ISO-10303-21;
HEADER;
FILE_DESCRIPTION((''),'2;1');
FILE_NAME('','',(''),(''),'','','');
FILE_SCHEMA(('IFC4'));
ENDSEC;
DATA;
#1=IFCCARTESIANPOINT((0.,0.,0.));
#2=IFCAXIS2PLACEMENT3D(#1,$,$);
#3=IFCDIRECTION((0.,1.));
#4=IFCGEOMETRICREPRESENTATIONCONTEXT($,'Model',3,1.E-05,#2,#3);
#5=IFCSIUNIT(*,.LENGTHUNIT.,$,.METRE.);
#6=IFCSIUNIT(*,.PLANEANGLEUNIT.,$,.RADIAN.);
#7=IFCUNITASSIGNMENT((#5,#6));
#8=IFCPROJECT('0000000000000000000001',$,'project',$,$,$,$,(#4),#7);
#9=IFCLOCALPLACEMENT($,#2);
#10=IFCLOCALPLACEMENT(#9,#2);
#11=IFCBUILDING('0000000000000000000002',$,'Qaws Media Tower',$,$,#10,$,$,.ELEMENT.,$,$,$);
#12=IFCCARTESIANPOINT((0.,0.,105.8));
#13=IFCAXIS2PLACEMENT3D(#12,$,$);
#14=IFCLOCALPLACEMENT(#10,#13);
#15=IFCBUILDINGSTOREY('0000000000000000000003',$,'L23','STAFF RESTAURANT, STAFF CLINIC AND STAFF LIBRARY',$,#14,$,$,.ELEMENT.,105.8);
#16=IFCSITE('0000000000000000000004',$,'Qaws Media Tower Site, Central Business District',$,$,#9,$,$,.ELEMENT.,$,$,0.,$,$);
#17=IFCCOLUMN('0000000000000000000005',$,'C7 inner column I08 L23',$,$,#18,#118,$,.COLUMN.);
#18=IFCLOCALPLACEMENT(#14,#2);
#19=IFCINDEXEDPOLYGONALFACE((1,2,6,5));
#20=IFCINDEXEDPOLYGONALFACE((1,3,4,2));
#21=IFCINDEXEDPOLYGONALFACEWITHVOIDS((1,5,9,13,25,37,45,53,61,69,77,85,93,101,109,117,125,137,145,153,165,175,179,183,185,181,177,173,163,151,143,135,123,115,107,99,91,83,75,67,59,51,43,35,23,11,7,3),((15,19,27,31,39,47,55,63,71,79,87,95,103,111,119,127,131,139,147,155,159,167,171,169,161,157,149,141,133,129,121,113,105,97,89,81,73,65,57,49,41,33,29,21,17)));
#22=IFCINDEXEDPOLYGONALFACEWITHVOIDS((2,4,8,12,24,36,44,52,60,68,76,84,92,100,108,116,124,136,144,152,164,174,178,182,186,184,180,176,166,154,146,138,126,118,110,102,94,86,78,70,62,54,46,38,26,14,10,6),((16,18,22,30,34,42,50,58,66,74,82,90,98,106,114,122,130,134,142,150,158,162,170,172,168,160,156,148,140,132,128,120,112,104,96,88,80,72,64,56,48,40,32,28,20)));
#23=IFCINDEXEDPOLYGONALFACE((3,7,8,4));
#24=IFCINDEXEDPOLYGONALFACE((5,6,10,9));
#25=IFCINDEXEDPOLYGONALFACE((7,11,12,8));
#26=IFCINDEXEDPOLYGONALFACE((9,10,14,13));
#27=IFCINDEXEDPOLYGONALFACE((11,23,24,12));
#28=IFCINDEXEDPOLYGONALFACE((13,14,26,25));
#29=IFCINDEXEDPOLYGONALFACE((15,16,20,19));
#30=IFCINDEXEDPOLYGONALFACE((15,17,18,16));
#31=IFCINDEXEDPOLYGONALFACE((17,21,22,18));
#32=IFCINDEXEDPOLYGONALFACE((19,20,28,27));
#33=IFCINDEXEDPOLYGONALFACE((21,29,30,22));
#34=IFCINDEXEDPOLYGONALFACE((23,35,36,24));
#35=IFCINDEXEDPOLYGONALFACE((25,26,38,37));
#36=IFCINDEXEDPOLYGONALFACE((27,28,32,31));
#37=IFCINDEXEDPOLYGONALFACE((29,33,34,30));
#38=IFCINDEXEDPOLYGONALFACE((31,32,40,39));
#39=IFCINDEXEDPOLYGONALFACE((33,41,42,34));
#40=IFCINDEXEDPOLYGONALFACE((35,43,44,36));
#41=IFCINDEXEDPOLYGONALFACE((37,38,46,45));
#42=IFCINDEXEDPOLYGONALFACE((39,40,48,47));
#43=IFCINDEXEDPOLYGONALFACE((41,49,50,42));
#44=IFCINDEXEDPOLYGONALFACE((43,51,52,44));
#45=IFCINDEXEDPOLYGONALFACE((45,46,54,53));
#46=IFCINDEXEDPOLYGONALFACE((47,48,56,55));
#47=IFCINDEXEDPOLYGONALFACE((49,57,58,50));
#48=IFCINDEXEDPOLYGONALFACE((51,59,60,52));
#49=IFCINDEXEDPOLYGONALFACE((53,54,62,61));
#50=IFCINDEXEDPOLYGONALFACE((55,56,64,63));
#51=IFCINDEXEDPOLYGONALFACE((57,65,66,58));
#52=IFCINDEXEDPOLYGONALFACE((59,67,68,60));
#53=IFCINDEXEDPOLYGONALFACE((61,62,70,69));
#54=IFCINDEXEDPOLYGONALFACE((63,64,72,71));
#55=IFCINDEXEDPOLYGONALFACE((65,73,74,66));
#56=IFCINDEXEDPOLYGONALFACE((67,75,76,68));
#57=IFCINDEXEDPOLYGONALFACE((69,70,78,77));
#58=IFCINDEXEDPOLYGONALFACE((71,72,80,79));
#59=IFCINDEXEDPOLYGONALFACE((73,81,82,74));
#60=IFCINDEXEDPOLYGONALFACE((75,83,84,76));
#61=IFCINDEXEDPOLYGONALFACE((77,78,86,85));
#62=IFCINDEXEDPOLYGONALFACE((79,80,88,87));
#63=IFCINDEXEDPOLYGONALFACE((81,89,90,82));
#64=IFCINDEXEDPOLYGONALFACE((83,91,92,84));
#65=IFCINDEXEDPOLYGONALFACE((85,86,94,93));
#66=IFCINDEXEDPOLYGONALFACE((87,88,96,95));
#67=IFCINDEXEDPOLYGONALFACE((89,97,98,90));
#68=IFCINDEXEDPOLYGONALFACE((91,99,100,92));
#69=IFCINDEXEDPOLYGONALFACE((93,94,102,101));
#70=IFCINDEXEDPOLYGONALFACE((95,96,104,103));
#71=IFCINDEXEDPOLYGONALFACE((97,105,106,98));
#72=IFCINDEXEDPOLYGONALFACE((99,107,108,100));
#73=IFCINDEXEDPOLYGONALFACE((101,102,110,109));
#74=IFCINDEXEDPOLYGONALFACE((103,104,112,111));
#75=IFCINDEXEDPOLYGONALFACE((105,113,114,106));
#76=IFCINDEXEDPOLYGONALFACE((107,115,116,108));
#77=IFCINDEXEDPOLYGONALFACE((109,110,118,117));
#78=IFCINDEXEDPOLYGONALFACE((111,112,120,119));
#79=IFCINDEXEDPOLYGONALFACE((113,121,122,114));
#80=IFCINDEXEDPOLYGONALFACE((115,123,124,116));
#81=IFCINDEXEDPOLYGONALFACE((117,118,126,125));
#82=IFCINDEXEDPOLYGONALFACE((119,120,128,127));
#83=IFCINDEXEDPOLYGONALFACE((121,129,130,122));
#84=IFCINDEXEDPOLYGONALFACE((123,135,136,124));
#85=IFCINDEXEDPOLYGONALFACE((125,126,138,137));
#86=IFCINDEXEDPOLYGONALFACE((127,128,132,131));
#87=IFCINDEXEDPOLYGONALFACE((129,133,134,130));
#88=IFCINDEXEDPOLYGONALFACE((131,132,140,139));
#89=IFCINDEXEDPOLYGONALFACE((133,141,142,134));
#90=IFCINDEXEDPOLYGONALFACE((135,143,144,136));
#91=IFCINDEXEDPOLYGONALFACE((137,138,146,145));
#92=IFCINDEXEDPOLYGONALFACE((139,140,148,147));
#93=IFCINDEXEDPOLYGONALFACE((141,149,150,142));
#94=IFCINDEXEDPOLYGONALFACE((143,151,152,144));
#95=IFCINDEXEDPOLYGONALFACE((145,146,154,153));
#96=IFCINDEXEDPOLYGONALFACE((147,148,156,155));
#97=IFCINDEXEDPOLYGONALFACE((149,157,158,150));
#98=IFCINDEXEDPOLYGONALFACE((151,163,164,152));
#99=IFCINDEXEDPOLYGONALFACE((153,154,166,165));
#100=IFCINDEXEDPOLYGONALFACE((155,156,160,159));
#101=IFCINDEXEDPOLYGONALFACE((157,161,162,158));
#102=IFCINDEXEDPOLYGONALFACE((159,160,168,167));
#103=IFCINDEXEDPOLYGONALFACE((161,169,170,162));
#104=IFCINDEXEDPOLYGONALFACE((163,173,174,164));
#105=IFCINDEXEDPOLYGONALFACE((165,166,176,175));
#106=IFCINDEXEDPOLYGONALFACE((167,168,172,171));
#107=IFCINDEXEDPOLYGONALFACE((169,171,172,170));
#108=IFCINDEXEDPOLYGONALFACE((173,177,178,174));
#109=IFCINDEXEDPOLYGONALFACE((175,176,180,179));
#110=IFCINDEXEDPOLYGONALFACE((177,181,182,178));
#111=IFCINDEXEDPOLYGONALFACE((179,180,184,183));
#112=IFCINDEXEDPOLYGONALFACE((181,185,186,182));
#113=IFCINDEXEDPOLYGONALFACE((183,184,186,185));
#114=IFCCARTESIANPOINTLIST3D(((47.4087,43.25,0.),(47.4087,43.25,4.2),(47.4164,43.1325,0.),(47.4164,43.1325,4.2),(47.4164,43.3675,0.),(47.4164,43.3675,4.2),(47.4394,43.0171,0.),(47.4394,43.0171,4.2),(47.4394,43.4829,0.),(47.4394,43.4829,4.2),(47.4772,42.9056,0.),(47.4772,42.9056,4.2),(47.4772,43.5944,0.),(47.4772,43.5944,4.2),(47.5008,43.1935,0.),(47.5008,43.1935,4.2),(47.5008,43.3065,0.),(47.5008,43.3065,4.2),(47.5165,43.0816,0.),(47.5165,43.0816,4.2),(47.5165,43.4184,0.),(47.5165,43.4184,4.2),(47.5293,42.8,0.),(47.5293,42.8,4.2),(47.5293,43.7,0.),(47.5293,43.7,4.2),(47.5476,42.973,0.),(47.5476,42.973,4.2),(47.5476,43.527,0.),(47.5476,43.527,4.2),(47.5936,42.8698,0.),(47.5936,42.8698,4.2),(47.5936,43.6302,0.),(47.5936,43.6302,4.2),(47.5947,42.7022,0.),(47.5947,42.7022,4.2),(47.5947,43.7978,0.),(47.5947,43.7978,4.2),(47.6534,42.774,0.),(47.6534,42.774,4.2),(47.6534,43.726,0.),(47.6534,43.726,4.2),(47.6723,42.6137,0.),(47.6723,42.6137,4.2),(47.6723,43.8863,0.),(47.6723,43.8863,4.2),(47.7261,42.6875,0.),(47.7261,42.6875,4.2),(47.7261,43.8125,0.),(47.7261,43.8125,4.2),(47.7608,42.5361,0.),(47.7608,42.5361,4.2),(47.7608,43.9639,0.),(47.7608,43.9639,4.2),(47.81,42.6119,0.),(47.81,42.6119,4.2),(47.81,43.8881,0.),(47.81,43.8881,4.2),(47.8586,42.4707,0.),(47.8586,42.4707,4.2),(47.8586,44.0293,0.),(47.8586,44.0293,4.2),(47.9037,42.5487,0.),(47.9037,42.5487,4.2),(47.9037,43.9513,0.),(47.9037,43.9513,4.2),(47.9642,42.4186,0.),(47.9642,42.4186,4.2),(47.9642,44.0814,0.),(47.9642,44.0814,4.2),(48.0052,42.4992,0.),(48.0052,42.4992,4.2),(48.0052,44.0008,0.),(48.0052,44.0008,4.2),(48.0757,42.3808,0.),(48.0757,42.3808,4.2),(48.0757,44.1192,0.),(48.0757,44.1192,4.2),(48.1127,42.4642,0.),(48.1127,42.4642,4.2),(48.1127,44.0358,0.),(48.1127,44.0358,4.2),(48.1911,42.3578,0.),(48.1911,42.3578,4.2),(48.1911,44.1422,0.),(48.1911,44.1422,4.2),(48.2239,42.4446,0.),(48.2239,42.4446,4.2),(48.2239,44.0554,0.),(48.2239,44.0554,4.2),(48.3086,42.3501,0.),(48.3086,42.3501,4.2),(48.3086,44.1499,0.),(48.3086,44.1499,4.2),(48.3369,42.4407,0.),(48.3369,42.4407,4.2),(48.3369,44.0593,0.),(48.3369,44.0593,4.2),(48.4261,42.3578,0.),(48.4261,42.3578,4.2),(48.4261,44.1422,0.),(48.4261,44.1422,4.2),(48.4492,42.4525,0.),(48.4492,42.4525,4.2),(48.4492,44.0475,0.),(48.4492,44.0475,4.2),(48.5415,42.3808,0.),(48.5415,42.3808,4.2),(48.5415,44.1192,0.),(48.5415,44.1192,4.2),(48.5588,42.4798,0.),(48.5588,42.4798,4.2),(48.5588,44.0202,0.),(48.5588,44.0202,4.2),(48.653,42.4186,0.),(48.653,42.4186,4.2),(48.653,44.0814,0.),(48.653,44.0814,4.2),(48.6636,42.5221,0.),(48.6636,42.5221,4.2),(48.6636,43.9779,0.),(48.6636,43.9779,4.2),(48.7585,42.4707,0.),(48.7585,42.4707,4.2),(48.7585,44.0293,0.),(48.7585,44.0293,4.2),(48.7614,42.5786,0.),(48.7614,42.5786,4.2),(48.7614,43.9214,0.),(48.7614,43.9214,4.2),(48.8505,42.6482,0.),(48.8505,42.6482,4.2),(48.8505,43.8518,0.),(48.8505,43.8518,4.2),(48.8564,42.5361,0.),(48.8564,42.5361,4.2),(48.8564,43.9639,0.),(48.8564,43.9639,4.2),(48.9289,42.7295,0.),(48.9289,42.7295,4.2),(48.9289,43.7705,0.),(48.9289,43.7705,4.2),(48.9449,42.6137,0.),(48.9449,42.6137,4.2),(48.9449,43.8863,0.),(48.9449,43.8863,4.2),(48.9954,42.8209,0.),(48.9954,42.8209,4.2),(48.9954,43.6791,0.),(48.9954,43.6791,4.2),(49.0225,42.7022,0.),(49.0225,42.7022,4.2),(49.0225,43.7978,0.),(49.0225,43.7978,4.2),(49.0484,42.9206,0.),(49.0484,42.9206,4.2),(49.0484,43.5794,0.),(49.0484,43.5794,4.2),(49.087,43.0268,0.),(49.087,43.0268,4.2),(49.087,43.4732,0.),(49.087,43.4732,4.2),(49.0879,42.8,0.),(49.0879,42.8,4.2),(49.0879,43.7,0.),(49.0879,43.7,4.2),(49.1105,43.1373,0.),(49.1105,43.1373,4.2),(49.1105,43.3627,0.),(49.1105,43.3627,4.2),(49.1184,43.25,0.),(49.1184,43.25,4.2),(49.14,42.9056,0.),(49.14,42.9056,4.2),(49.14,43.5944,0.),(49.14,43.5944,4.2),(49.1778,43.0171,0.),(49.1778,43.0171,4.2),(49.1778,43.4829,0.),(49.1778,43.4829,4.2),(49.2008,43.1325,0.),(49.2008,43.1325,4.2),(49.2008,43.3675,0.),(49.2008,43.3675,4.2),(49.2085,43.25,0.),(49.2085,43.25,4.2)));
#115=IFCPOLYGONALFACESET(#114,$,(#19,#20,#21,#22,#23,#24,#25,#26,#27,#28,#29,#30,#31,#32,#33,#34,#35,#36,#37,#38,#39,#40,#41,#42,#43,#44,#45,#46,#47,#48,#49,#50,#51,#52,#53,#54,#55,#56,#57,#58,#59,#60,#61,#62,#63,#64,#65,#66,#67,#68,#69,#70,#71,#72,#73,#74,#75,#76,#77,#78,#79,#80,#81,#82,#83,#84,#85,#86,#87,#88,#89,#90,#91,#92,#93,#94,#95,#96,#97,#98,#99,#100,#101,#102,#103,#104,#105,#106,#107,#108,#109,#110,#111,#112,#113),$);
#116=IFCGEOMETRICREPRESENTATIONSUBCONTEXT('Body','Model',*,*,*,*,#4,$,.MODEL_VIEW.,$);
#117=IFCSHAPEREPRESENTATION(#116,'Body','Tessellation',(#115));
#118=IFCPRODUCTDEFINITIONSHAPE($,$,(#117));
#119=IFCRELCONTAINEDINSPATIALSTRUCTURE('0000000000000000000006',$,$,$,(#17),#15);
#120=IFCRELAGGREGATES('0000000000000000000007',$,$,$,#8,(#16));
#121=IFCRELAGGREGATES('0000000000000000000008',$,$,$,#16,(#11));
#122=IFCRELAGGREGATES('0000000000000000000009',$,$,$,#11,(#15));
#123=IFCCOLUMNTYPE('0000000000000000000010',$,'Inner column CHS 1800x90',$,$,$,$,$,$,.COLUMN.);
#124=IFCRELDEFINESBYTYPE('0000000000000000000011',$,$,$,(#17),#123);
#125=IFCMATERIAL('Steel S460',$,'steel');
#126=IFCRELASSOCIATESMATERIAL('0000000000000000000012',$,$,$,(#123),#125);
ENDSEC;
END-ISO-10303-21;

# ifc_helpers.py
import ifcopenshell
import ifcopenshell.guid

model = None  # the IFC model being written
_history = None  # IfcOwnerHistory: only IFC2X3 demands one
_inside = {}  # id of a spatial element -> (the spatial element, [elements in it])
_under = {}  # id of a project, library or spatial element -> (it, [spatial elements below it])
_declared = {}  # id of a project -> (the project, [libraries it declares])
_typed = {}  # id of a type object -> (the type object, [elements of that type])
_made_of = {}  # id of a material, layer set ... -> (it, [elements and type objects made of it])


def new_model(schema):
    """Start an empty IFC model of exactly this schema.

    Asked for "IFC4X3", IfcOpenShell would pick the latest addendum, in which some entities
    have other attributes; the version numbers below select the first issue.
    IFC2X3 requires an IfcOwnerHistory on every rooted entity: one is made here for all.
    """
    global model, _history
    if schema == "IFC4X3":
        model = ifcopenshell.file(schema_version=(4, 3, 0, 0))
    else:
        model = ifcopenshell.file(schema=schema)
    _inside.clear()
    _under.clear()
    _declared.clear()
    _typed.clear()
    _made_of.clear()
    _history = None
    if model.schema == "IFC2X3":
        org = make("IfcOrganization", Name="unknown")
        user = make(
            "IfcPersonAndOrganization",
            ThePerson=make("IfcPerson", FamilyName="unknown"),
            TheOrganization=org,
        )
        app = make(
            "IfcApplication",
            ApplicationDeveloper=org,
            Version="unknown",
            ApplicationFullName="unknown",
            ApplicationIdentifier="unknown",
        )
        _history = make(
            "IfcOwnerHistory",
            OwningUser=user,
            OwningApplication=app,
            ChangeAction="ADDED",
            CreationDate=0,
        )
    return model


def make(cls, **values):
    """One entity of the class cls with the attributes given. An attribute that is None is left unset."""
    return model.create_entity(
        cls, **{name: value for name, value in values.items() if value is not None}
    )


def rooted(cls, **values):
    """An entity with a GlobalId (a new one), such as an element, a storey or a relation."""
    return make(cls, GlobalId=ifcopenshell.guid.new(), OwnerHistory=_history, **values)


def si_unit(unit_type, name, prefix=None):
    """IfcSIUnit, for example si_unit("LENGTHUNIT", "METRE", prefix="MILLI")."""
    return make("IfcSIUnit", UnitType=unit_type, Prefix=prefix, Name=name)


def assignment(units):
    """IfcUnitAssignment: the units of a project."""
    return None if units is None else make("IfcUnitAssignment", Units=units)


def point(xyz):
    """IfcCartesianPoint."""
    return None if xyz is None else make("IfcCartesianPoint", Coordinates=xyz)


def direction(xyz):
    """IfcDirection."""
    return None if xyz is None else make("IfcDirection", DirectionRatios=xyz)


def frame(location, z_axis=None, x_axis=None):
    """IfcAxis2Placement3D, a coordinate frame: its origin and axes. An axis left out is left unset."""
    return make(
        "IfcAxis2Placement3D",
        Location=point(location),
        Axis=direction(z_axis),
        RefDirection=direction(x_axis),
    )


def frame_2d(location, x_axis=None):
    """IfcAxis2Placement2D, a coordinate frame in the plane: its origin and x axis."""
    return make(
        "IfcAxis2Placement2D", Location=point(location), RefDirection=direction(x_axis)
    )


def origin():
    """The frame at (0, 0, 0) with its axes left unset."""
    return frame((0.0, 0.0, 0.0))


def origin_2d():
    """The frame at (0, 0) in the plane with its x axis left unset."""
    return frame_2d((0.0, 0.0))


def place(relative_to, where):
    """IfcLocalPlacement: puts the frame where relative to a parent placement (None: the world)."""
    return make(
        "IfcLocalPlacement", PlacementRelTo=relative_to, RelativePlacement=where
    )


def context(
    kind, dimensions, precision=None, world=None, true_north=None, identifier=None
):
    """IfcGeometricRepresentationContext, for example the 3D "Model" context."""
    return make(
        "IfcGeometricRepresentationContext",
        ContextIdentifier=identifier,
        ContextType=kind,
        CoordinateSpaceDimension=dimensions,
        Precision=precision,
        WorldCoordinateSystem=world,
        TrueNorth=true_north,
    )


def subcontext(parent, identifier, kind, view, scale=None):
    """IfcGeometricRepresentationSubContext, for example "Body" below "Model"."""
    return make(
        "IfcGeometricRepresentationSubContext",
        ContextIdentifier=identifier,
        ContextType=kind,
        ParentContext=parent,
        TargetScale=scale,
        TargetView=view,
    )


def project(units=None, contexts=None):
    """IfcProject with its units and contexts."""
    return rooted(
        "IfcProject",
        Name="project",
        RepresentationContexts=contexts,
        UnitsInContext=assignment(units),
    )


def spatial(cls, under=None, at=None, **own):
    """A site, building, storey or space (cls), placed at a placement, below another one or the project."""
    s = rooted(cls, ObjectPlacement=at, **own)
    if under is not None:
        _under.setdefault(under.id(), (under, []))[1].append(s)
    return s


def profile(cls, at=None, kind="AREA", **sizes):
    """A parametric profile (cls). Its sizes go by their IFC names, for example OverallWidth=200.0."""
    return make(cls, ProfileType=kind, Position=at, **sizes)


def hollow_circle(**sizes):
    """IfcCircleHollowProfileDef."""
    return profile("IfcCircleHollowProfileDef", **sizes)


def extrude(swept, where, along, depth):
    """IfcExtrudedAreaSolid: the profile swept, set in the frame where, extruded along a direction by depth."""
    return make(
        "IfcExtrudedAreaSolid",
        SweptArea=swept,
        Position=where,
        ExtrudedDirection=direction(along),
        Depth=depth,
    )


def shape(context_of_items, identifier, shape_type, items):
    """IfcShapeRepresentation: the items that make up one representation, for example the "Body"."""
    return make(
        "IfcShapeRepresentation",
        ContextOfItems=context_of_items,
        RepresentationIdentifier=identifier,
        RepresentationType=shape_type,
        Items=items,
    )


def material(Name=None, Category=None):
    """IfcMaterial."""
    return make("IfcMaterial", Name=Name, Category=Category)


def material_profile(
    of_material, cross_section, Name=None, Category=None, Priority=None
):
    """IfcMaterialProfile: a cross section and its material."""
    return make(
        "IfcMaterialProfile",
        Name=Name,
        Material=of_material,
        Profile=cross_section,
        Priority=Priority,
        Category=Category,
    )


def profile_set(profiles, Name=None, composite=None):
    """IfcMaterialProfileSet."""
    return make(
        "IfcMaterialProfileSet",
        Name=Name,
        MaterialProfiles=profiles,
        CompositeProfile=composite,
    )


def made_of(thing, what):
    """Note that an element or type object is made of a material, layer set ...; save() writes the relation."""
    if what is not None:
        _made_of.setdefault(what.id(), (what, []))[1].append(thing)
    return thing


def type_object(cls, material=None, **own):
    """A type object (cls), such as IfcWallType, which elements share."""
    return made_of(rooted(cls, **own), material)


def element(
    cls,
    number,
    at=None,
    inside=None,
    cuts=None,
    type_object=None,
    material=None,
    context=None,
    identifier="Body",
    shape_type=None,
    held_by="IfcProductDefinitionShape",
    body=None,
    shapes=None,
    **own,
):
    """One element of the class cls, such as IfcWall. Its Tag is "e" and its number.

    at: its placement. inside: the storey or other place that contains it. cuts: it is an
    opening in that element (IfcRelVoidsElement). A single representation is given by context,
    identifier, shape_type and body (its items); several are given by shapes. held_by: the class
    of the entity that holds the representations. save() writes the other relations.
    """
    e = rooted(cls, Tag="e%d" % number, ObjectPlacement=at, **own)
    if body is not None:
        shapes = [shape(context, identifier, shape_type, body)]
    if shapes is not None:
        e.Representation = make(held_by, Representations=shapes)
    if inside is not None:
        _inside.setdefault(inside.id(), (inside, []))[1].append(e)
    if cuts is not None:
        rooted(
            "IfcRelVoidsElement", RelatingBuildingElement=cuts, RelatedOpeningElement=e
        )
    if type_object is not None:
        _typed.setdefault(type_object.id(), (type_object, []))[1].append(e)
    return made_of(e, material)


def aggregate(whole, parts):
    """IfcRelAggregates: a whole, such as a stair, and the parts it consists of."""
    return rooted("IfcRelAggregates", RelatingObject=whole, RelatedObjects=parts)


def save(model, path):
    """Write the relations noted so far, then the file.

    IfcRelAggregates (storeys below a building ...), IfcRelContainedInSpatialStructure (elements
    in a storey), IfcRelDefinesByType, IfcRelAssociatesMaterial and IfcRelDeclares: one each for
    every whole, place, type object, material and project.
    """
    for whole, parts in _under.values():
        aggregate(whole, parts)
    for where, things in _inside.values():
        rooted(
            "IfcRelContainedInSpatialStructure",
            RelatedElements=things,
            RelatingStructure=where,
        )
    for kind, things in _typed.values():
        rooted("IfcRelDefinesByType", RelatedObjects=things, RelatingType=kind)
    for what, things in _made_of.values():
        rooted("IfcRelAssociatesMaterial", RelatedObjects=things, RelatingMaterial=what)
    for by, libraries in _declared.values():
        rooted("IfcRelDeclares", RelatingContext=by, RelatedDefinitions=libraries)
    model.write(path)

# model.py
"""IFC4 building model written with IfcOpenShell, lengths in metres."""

from ifc_helpers import new_model, si_unit, direction, frame, origin, origin_2d, place, context, subcontext, project, spatial, hollow_circle, extrude, material, material_profile, profile_set, type_object, element, save


model = new_model("IFC4")

# Units and contexts
model_context = context("Model", 3, precision=1e-05, world=origin(), true_north=direction((0.0, 1.0)))
body_context = subcontext(model_context, "Body", "Model", "MODEL_VIEW")
ifc_project = project(units=[si_unit("LENGTHUNIT", "METRE"), si_unit("PLANEANGLEUNIT", "RADIAN")], contexts=[model_context])

# Site, building, storey
site_placement = place(None, origin())
site = spatial("IfcSite", under=ifc_project, at=site_placement, Name="Qaws Media Tower Site, Central Business District", CompositionType="ELEMENT", RefElevation=0.0)
building_placement = place(site_placement, origin())
building = spatial("IfcBuilding", under=site, at=building_placement, Name="Qaws Media Tower", CompositionType="ELEMENT")
storey_placement = place(building_placement, frame((0.0, 0.0, 105.8)))
storey = spatial("IfcBuildingStorey", under=building, at=storey_placement, Name="L23", Description="STAFF RESTAURANT, STAFF CLINIC AND STAFF LIBRARY", CompositionType="ELEMENT", Elevation=105.8)

# Column
ifc_material_1 = material(Name="Steel S460", Category="steel")
ifc_material_profile_1 = material_profile(ifc_material_1, hollow_circle(Radius=0.8999, WallThickness=0.0901, at=origin_2d()), Name="CHS 1800x90")
ifc_profile_set_1 = profile_set([ifc_material_profile_1], Name="Steel S460")
column_type = type_object("IfcColumnType", Name="Inner column CHS 1800x90", PredefinedType="COLUMN", material=ifc_profile_set_1)
for number, where, z_axis, x_axis, name in (
    (1, (48.3086, 43.25, 0.0), (0.0, 0.0, 1.0), (1.0, 0.0, 0.0), "C7 inner column I08 L23"),
):
    element("IfcColumn", number, at=place(storey_placement, frame(where, z_axis=z_axis, x_axis=x_axis)), inside=storey, type_object=column_type, Name=name, PredefinedType="COLUMN", context=body_context, shape_type="SweptSolid", body=[
        extrude(hollow_circle(Radius=0.8999, WallThickness=0.0901, at=origin_2d()), origin(), (0.0, 0.0, 1.0), 4.2),
    ])

save(model, "model.ifc")
